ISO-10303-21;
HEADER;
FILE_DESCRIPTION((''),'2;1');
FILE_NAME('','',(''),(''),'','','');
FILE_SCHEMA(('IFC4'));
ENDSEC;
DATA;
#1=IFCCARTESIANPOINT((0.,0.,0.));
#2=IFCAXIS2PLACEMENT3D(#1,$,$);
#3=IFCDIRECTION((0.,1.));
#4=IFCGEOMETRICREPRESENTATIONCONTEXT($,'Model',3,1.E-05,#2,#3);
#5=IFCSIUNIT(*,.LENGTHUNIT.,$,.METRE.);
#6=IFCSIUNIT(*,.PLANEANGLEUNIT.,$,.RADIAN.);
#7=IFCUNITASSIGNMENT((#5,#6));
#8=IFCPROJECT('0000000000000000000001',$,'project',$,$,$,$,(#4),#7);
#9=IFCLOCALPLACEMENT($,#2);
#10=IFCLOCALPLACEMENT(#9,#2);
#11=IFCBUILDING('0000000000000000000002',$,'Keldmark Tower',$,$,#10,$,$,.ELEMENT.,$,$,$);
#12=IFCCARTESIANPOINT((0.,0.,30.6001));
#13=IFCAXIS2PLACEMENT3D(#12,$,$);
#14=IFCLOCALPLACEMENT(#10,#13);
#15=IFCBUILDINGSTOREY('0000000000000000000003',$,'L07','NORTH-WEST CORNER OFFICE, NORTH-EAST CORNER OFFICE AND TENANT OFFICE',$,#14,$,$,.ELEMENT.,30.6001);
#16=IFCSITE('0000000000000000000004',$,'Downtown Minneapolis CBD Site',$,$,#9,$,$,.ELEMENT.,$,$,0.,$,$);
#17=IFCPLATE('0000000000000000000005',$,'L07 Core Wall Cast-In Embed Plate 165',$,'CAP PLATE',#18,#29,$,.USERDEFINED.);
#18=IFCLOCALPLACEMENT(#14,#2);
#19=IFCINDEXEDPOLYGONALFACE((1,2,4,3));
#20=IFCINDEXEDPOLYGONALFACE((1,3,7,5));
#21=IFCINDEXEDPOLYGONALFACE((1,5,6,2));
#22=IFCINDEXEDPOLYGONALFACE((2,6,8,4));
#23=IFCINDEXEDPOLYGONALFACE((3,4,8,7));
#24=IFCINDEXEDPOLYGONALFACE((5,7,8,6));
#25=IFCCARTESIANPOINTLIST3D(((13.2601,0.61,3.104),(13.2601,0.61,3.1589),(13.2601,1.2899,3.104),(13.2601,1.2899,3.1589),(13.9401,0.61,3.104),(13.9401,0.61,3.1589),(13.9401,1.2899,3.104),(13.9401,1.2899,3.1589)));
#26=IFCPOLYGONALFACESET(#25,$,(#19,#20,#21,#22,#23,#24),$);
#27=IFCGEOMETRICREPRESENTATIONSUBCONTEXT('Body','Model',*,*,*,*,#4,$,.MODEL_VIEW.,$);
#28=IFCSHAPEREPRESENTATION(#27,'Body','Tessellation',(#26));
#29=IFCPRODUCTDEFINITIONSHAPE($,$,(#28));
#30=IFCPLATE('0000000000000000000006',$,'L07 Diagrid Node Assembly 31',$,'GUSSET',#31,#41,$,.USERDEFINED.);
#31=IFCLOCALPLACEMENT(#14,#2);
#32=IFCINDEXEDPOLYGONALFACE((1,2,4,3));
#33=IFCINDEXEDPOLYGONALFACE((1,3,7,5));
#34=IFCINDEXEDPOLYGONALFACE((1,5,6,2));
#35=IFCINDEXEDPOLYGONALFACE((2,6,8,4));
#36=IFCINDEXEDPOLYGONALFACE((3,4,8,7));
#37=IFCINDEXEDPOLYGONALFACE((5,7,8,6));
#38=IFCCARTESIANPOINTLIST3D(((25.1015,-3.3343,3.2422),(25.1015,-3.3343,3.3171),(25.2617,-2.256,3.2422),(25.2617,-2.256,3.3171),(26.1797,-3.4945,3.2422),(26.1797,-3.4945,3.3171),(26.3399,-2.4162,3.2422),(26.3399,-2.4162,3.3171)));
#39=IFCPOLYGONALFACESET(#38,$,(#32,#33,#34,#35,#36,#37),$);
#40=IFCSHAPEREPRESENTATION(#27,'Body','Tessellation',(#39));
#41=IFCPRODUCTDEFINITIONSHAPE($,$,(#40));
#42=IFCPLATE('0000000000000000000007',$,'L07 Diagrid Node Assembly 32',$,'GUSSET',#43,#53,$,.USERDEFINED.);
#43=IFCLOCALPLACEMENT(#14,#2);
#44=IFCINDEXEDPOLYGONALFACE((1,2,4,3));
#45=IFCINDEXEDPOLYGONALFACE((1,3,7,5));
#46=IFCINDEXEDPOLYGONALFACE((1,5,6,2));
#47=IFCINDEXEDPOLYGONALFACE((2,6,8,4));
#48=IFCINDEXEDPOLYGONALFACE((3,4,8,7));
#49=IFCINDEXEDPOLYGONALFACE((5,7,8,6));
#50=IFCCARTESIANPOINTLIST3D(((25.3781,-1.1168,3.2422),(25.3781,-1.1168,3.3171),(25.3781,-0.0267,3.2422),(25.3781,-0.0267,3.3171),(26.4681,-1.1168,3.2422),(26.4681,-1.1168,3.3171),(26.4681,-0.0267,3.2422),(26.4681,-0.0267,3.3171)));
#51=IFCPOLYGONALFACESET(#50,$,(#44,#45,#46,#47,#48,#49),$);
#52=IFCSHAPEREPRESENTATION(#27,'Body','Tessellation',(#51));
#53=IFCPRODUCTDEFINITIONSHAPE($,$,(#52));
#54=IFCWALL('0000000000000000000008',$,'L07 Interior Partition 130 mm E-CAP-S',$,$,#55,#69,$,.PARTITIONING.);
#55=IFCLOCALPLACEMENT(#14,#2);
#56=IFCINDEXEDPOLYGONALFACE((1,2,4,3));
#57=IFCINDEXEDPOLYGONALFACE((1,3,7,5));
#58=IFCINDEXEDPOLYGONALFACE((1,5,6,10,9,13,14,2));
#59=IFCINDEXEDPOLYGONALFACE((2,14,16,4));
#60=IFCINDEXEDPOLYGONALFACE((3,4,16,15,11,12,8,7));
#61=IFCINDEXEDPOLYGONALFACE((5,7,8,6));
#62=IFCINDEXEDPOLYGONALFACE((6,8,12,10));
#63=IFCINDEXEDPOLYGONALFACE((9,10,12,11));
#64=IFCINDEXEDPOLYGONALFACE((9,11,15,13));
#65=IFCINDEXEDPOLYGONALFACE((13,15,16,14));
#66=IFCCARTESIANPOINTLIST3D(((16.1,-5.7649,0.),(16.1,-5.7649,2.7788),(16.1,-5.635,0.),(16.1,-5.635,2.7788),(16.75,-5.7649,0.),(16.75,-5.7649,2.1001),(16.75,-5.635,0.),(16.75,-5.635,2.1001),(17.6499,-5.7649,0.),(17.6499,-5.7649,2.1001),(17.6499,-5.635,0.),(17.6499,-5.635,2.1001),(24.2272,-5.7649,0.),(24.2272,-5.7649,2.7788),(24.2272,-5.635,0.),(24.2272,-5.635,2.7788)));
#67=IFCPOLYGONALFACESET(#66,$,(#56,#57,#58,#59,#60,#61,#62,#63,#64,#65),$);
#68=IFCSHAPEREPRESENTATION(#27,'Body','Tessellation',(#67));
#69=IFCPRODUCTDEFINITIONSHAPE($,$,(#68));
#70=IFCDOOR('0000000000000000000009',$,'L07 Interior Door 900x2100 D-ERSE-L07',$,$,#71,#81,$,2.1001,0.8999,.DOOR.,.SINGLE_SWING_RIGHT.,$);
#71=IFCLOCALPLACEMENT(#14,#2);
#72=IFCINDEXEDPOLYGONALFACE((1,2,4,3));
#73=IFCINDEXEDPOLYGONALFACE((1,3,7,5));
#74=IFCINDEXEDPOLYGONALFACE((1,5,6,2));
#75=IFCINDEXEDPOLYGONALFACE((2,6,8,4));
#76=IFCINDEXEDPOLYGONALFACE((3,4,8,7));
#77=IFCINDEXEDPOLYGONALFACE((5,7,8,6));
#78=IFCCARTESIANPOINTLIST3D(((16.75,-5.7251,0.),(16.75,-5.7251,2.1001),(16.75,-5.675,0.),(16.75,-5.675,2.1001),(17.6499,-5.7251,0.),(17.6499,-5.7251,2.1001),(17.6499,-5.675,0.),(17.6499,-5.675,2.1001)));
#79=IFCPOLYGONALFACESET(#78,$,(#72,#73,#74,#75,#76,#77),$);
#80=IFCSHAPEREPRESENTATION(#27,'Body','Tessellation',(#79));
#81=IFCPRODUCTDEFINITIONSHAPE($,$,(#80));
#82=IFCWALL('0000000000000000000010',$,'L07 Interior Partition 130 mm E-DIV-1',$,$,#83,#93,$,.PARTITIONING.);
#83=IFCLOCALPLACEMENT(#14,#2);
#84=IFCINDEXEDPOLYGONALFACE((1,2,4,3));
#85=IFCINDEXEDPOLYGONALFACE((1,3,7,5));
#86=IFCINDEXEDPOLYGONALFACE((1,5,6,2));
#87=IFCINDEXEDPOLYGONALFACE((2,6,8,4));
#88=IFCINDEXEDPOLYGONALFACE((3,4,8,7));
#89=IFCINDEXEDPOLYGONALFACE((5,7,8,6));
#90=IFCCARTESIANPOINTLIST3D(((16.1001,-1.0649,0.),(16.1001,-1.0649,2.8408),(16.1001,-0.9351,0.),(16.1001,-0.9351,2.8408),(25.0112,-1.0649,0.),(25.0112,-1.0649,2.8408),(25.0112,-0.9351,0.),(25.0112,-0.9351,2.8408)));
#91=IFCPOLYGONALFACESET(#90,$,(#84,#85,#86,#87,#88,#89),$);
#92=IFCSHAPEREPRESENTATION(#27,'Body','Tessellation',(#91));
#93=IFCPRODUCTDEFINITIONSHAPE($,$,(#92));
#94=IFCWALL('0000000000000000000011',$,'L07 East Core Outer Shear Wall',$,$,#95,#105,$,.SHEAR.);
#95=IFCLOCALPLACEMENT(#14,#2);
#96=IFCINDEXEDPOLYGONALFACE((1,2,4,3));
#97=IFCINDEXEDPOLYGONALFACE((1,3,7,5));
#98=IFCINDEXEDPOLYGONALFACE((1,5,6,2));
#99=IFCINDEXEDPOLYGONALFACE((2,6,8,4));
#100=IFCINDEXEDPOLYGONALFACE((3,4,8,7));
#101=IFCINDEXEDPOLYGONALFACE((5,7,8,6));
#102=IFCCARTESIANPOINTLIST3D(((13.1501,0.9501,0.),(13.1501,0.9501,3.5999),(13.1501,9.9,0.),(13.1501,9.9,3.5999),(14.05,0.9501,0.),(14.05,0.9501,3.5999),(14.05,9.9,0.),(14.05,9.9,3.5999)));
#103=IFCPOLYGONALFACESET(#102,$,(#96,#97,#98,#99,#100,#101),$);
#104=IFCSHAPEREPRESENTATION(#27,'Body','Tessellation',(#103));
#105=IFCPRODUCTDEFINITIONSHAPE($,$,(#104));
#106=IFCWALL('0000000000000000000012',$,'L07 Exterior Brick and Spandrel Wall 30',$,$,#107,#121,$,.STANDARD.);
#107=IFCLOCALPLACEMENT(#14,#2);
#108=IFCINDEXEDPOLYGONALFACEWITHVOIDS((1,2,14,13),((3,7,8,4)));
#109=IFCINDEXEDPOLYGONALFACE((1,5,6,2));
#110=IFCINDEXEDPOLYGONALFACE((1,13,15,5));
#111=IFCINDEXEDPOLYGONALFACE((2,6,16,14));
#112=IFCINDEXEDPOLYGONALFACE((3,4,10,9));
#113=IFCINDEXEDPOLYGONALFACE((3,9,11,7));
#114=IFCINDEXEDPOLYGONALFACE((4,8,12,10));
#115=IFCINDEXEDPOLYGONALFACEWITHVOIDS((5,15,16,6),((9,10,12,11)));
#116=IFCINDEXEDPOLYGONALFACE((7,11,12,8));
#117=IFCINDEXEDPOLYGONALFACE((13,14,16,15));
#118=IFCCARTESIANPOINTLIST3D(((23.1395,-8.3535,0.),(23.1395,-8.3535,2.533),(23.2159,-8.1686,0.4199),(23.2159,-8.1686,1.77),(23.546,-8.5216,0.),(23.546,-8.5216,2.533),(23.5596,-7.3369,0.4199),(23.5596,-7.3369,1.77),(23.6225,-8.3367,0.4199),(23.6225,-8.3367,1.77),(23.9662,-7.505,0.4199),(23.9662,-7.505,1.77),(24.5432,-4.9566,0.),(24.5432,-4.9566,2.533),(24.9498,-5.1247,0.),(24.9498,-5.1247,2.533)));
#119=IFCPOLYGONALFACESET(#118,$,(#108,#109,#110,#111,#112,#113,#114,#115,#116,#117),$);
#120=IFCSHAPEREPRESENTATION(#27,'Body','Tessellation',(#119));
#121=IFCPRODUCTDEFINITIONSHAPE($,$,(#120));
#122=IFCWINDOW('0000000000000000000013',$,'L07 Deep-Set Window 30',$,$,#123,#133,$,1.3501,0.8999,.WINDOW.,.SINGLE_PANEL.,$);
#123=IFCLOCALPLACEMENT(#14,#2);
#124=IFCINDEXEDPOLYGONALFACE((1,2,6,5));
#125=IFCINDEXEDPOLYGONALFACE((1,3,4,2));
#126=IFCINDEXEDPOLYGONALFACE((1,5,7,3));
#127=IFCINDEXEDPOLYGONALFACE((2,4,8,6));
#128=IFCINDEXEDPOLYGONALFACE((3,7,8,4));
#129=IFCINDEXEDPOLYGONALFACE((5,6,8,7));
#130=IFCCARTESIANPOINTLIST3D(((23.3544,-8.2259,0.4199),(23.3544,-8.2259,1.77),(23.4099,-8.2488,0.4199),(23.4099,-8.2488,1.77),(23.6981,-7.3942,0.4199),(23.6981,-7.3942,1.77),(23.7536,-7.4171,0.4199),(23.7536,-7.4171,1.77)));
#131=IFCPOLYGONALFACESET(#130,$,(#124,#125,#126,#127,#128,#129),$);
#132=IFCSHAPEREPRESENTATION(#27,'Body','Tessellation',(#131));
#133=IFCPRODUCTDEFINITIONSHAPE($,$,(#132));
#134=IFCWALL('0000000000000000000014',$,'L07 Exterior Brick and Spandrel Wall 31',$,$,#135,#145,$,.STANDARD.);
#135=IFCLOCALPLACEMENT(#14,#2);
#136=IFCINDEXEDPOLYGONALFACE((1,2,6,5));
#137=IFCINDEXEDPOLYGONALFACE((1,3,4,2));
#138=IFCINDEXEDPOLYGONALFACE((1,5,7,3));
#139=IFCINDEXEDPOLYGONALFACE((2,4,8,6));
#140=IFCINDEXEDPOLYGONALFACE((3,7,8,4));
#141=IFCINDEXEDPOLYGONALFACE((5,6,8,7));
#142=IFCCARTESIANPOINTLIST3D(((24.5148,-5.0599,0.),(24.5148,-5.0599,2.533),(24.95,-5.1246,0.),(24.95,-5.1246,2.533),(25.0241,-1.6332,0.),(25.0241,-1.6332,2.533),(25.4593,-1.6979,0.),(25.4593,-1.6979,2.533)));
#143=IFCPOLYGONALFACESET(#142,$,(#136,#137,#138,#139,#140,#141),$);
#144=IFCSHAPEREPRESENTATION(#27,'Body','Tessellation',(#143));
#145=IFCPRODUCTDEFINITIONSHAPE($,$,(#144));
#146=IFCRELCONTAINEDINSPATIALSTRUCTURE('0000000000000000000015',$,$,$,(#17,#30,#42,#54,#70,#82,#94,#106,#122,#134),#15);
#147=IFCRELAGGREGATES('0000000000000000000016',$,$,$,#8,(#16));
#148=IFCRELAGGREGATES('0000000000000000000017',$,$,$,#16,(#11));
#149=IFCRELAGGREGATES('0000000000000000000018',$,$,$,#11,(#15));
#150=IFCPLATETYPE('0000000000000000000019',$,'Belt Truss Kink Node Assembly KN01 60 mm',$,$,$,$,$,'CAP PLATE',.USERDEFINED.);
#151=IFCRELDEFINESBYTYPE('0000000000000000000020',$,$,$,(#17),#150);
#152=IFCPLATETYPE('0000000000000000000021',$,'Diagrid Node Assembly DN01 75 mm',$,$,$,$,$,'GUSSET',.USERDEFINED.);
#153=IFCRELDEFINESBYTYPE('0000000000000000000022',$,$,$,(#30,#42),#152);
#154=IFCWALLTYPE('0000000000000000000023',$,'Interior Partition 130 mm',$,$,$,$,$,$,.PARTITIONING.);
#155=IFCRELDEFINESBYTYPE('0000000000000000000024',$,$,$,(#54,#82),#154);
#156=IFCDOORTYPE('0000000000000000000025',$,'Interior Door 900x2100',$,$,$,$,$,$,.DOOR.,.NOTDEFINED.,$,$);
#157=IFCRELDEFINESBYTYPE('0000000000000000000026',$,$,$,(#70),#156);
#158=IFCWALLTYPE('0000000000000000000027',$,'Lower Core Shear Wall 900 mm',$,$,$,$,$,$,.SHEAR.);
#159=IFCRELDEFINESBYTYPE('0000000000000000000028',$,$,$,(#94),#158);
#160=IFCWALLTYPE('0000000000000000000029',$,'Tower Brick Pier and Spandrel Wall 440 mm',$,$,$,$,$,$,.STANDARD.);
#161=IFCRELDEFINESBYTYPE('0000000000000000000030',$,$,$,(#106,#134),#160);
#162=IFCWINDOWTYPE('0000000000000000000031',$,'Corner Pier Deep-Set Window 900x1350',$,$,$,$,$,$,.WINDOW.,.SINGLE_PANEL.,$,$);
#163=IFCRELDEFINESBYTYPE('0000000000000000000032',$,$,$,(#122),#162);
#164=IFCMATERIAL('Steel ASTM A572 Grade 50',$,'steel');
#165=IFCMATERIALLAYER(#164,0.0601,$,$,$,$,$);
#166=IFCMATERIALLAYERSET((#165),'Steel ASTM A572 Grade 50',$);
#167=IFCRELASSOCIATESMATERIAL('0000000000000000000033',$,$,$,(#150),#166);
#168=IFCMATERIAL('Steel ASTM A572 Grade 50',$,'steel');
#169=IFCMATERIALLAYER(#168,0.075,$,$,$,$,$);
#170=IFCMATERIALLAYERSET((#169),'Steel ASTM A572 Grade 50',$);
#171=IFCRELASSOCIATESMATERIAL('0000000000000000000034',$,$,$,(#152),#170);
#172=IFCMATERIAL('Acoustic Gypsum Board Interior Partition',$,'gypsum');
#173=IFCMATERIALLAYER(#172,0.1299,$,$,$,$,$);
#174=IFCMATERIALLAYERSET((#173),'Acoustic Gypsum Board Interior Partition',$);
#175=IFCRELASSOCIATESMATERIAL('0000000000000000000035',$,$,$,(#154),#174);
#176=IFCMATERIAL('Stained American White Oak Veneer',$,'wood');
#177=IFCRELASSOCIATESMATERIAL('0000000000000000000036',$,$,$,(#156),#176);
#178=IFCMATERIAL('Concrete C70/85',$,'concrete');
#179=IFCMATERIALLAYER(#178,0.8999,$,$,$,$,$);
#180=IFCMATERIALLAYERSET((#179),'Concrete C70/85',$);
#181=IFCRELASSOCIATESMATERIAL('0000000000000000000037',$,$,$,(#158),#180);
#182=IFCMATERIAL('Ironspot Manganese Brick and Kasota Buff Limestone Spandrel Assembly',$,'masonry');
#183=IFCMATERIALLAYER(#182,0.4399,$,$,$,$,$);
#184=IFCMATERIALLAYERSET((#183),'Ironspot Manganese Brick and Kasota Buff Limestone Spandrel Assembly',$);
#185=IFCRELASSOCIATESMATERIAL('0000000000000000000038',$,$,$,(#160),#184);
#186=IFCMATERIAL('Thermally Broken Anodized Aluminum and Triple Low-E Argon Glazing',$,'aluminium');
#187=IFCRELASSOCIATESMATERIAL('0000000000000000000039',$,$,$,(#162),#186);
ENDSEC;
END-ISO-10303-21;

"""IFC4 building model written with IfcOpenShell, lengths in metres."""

from ifc_helpers import new_model, si_unit, direction, frame, frame_2d, origin, origin_2d, place, context, subcontext, project, spatial, rectangle, extrude, material, layer, layer_set, type_object, element, fill, save


model = new_model("IFC4")

# Units and contexts
model_context = context("Model", 3, precision=1e-05, world=origin(), true_north=direction((0.0, 1.0)))
body_context = subcontext(model_context, "Body", "Model", "MODEL_VIEW")
ifc_project = project(units=[si_unit("LENGTHUNIT", "METRE"), si_unit("PLANEANGLEUNIT", "RADIAN")], contexts=[model_context])

# Site, building, storey
site_placement = place(None, origin())
site = spatial("IfcSite", under=ifc_project, at=site_placement, Name="Downtown Minneapolis CBD Site", CompositionType="ELEMENT", RefElevation=0.0)
building_placement = place(site_placement, origin())
building = spatial("IfcBuilding", under=site, at=building_placement, Name="Keldmark Tower", CompositionType="ELEMENT")
storey_placement = place(building_placement, frame((0.0, 0.0, 30.6001)))
storey = spatial("IfcBuildingStorey", under=building, at=storey_placement, Name="L07", Description="NORTH-WEST CORNER OFFICE, NORTH-EAST CORNER OFFICE AND TENANT OFFICE", CompositionType="ELEMENT", Elevation=30.6001)

# Plates
ifc_material_1 = material(Name="Steel ASTM A572 Grade 50", Category="steel")
ifc_layer_1 = layer(ifc_material_1, 0.0601)
ifc_layer_set_1 = layer_set([ifc_layer_1], Name="Steel ASTM A572 Grade 50")
plate_type_1 = type_object("IfcPlateType", Name="Belt Truss Kink Node Assembly KN01 60 mm", ElementType="CAP PLATE", PredefinedType="USERDEFINED", material=ifc_layer_set_1)
plate_placement = place(storey_placement, frame((13.6001, 0.95, 3.104), z_axis=(0.0, 0.0, 1.0), x_axis=(1.0, 0.0, 0.0)))
element("IfcPlate", 1, at=plate_placement, inside=storey, type_object=plate_type_1, Name="L07 Core Wall Cast-In Embed Plate 165", ObjectType="CAP PLATE", PredefinedType="USERDEFINED", context=body_context, shape_type="SweptSolid", body=[
    extrude(rectangle(XDim=0.6799, YDim=0.6799, at=origin_2d()), origin(), (0.0, 0.0, 1.0), 0.0549),
])
ifc_material_2 = material(Name="Steel ASTM A572 Grade 50", Category="steel")
ifc_layer_2 = layer(ifc_material_2, 0.075)
ifc_layer_set_2 = layer_set([ifc_layer_2], Name="Steel ASTM A572 Grade 50")
plate_type_2 = type_object("IfcPlateType", Name="Diagrid Node Assembly DN01 75 mm", ElementType="GUSSET", PredefinedType="USERDEFINED", material=ifc_layer_set_2)
for number, where, z_axis, x_axis, name in (
    (2, (25.7207, -2.8752, 3.2422), (0.0, 0.0, 1.0), (0.146946, 0.989144, 0.0), "L07 Diagrid Node Assembly 31"),
    (3, (25.9231, -0.5718, 3.2422), (0.0, 0.0, 1.0), (0.0, 1.0, 0.0), "L07 Diagrid Node Assembly 32"),
):
    element("IfcPlate", number, at=place(storey_placement, frame(where, z_axis=z_axis, x_axis=x_axis)), inside=storey, type_object=plate_type_2, Name=name, ObjectType="GUSSET", PredefinedType="USERDEFINED", context=body_context, shape_type="SweptSolid", body=[
        extrude(rectangle(XDim=1.0901, YDim=1.0901, at=origin_2d()), origin(), (0.0, 0.0, 1.0), 0.075),
    ])

# Wall, opening, door
ifc_material_3 = material(Name="Acoustic Gypsum Board Interior Partition", Category="gypsum")
ifc_layer_3 = layer(ifc_material_3, 0.1299)
ifc_layer_set_3 = layer_set([ifc_layer_3], Name="Acoustic Gypsum Board Interior Partition")
wall_type_1 = type_object("IfcWallType", Name="Interior Partition 130 mm", PredefinedType="PARTITIONING", material=ifc_layer_set_3)
wall_1_placement = place(storey_placement, frame((16.1001, -5.7, 0.0), z_axis=(0.0, 0.0, 1.0), x_axis=(1.0, 0.0, 0.0)))
wall_1 = element("IfcWall", 4, at=wall_1_placement, inside=storey, type_object=wall_type_1, Name="L07 Interior Partition 130 mm E-CAP-S", PredefinedType="PARTITIONING", context=body_context, shape_type="SweptSolid", body=[
    extrude(rectangle(XDim=8.1272, YDim=0.1299, at=frame_2d((4.0635, 0.0))), origin(), (0.0, 0.0, 1.0), 2.7788),
])
opening_1_placement = place(wall_1_placement, frame((0.6499, 0.0, 0.0)))
opening_1 = element("IfcOpeningElement", 5, at=opening_1_placement, cuts=wall_1, PredefinedType="OPENING", context=body_context, shape_type="SweptSolid", body=[
    extrude(rectangle(XDim=0.8999, YDim=2.1001, at=frame_2d((0.45, 1.05))), frame((0.0, 0.075, 0.0), z_axis=(0.0, -1.0, 0.0), x_axis=(1.0, 0.0, 0.0)), (0.0, 0.0, 1.0), 0.1499),
])
ifc_material_4 = material(Name="Stained American White Oak Veneer", Category="wood")
door_type_1 = type_object("IfcDoorType", Name="Interior Door 900x2100", OperationType="NOTDEFINED", PredefinedType="DOOR", material=ifc_material_4)
door_1_placement = place(opening_1_placement, origin())
door_1 = element("IfcDoor", 6, at=door_1_placement, inside=storey, type_object=door_type_1, Name="L07 Interior Door 900x2100 D-ERSE-L07", OperationType="SINGLE_SWING_RIGHT", OverallHeight=2.1001, OverallWidth=0.8999, PredefinedType="DOOR", context=body_context, shape_type="SweptSolid", body=[
    extrude(rectangle(XDim=0.8999, YDim=2.1001, at=frame_2d((0.45, 1.05))), frame((0.0, 0.0249, 0.0), z_axis=(0.0, -1.0, 0.0), x_axis=(1.0, 0.0, 0.0)), (0.0, 0.0, 1.0), 0.05),
])
fill(opening_1, door_1)

# Walls
wall_2_placement = place(storey_placement, frame((16.1001, -1.0, 0.0), z_axis=(0.0, 0.0, 1.0), x_axis=(1.0, 0.0, 0.0)))
element("IfcWall", 7, at=wall_2_placement, inside=storey, type_object=wall_type_1, Name="L07 Interior Partition 130 mm E-DIV-1", PredefinedType="PARTITIONING", context=body_context, shape_type="SweptSolid", body=[
    extrude(rectangle(XDim=8.9111, YDim=0.1299, at=frame_2d((4.4556, 0.0))), origin(), (0.0, 0.0, 1.0), 2.8408),
])
ifc_material_5 = material(Name="Concrete C70/85", Category="concrete")
ifc_layer_4 = layer(ifc_material_5, 0.8999)
ifc_layer_set_4 = layer_set([ifc_layer_4], Name="Concrete C70/85")
wall_type_2 = type_object("IfcWallType", Name="Lower Core Shear Wall 900 mm", PredefinedType="SHEAR", material=ifc_layer_set_4)
wall_3_placement = place(storey_placement, frame((13.6001, 0.95, 0.0), z_axis=(0.0, 0.0, 1.0), x_axis=(0.0, 1.0, 0.0)))
element("IfcWall", 8, at=wall_3_placement, inside=storey, type_object=wall_type_2, Name="L07 East Core Outer Shear Wall", PredefinedType="SHEAR", context=body_context, shape_type="SweptSolid", body=[
    extrude(rectangle(XDim=8.95, YDim=0.8999, at=frame_2d((4.4751, 0.0))), origin(), (0.0, 0.0, 1.0), 3.5999),
])

# Wall, opening, window
ifc_material_6 = material(Name="Ironspot Manganese Brick and Kasota Buff Limestone Spandrel Assembly", Category="masonry")
ifc_layer_5 = layer(ifc_material_6, 0.4399)
ifc_layer_set_5 = layer_set([ifc_layer_5], Name="Ironspot Manganese Brick and Kasota Buff Limestone Spandrel Assembly")
wall_type_3 = type_object("IfcWallType", Name="Tower Brick Pier and Spandrel Wall 440 mm", PredefinedType="STANDARD", material=ifc_layer_set_5)
wall_4_placement = place(storey_placement, frame((24.7466, -5.0405, 0.0), z_axis=(0.0, 0.0, 1.0), x_axis=(-0.381925, -0.924193, 0.0)))
wall_4 = element("IfcWall", 9, at=wall_4_placement, inside=storey, type_object=wall_type_3, Name="L07 Exterior Brick and Spandrel Wall 30", PredefinedType="STANDARD", context=body_context, shape_type="SweptSolid", body=[
    extrude(rectangle(XDim=3.6755, YDim=0.4399, at=frame_2d((1.8379, 0.0))), origin(), (0.0, 0.0, 1.0), 2.533),
])
opening_2_placement = place(wall_4_placement, frame((2.5757, 0.0, 0.4199)))
opening_2 = element("IfcOpeningElement", 10, at=opening_2_placement, cuts=wall_4, PredefinedType="OPENING", context=body_context, shape_type="SweptSolid", body=[
    extrude(rectangle(XDim=0.8999, YDim=1.3501, at=frame_2d((0.45, 0.675))), frame((0.0, 0.23, 0.0), z_axis=(0.0, -1.0, 0.0), x_axis=(1.0, 0.0, 0.0)), (0.0, 0.0, 1.0), 0.46),
])
ifc_material_7 = material(Name="Thermally Broken Anodized Aluminum and Triple Low-E Argon Glazing", Category="aluminium")
window_type = type_object("IfcWindowType", Name="Corner Pier Deep-Set Window 900x1350", PartitioningType="SINGLE_PANEL", PredefinedType="WINDOW", material=ifc_material_7)
window_placement = place(opening_2_placement, origin())
window = element("IfcWindow", 11, at=window_placement, inside=storey, type_object=window_type, Name="L07 Deep-Set Window 30", OverallHeight=1.3501, OverallWidth=0.8999, PartitioningType="SINGLE_PANEL", PredefinedType="WINDOW", context=body_context, shape_type="SweptSolid", body=[
    extrude(rectangle(XDim=0.8999, YDim=1.3501, at=frame_2d((0.45, 0.675))), frame((0.0, -0.01, 0.0), z_axis=(0.0, -1.0, 0.0), x_axis=(1.0, 0.0, 0.0)), (0.0, 0.0, 1.0), 0.0601),
])
fill(opening_2, window)

# Wall
wall_5_placement = place(storey_placement, frame((25.2417, -1.6655, 0.0), z_axis=(0.0, 0.0, 1.0), x_axis=(-0.147003, -0.989136, 0.0)))
element("IfcWall", 12, at=wall_5_placement, inside=storey, type_object=wall_type_3, Name="L07 Exterior Brick and Spandrel Wall 31", PredefinedType="STANDARD", context=body_context, shape_type="SweptSolid", body=[
    extrude(rectangle(XDim=3.4644, YDim=0.4399, at=frame_2d((1.7322, 0.0))), origin(), (0.0, 0.0, 1.0), 2.533),
])

save(model, "model.ifc")
